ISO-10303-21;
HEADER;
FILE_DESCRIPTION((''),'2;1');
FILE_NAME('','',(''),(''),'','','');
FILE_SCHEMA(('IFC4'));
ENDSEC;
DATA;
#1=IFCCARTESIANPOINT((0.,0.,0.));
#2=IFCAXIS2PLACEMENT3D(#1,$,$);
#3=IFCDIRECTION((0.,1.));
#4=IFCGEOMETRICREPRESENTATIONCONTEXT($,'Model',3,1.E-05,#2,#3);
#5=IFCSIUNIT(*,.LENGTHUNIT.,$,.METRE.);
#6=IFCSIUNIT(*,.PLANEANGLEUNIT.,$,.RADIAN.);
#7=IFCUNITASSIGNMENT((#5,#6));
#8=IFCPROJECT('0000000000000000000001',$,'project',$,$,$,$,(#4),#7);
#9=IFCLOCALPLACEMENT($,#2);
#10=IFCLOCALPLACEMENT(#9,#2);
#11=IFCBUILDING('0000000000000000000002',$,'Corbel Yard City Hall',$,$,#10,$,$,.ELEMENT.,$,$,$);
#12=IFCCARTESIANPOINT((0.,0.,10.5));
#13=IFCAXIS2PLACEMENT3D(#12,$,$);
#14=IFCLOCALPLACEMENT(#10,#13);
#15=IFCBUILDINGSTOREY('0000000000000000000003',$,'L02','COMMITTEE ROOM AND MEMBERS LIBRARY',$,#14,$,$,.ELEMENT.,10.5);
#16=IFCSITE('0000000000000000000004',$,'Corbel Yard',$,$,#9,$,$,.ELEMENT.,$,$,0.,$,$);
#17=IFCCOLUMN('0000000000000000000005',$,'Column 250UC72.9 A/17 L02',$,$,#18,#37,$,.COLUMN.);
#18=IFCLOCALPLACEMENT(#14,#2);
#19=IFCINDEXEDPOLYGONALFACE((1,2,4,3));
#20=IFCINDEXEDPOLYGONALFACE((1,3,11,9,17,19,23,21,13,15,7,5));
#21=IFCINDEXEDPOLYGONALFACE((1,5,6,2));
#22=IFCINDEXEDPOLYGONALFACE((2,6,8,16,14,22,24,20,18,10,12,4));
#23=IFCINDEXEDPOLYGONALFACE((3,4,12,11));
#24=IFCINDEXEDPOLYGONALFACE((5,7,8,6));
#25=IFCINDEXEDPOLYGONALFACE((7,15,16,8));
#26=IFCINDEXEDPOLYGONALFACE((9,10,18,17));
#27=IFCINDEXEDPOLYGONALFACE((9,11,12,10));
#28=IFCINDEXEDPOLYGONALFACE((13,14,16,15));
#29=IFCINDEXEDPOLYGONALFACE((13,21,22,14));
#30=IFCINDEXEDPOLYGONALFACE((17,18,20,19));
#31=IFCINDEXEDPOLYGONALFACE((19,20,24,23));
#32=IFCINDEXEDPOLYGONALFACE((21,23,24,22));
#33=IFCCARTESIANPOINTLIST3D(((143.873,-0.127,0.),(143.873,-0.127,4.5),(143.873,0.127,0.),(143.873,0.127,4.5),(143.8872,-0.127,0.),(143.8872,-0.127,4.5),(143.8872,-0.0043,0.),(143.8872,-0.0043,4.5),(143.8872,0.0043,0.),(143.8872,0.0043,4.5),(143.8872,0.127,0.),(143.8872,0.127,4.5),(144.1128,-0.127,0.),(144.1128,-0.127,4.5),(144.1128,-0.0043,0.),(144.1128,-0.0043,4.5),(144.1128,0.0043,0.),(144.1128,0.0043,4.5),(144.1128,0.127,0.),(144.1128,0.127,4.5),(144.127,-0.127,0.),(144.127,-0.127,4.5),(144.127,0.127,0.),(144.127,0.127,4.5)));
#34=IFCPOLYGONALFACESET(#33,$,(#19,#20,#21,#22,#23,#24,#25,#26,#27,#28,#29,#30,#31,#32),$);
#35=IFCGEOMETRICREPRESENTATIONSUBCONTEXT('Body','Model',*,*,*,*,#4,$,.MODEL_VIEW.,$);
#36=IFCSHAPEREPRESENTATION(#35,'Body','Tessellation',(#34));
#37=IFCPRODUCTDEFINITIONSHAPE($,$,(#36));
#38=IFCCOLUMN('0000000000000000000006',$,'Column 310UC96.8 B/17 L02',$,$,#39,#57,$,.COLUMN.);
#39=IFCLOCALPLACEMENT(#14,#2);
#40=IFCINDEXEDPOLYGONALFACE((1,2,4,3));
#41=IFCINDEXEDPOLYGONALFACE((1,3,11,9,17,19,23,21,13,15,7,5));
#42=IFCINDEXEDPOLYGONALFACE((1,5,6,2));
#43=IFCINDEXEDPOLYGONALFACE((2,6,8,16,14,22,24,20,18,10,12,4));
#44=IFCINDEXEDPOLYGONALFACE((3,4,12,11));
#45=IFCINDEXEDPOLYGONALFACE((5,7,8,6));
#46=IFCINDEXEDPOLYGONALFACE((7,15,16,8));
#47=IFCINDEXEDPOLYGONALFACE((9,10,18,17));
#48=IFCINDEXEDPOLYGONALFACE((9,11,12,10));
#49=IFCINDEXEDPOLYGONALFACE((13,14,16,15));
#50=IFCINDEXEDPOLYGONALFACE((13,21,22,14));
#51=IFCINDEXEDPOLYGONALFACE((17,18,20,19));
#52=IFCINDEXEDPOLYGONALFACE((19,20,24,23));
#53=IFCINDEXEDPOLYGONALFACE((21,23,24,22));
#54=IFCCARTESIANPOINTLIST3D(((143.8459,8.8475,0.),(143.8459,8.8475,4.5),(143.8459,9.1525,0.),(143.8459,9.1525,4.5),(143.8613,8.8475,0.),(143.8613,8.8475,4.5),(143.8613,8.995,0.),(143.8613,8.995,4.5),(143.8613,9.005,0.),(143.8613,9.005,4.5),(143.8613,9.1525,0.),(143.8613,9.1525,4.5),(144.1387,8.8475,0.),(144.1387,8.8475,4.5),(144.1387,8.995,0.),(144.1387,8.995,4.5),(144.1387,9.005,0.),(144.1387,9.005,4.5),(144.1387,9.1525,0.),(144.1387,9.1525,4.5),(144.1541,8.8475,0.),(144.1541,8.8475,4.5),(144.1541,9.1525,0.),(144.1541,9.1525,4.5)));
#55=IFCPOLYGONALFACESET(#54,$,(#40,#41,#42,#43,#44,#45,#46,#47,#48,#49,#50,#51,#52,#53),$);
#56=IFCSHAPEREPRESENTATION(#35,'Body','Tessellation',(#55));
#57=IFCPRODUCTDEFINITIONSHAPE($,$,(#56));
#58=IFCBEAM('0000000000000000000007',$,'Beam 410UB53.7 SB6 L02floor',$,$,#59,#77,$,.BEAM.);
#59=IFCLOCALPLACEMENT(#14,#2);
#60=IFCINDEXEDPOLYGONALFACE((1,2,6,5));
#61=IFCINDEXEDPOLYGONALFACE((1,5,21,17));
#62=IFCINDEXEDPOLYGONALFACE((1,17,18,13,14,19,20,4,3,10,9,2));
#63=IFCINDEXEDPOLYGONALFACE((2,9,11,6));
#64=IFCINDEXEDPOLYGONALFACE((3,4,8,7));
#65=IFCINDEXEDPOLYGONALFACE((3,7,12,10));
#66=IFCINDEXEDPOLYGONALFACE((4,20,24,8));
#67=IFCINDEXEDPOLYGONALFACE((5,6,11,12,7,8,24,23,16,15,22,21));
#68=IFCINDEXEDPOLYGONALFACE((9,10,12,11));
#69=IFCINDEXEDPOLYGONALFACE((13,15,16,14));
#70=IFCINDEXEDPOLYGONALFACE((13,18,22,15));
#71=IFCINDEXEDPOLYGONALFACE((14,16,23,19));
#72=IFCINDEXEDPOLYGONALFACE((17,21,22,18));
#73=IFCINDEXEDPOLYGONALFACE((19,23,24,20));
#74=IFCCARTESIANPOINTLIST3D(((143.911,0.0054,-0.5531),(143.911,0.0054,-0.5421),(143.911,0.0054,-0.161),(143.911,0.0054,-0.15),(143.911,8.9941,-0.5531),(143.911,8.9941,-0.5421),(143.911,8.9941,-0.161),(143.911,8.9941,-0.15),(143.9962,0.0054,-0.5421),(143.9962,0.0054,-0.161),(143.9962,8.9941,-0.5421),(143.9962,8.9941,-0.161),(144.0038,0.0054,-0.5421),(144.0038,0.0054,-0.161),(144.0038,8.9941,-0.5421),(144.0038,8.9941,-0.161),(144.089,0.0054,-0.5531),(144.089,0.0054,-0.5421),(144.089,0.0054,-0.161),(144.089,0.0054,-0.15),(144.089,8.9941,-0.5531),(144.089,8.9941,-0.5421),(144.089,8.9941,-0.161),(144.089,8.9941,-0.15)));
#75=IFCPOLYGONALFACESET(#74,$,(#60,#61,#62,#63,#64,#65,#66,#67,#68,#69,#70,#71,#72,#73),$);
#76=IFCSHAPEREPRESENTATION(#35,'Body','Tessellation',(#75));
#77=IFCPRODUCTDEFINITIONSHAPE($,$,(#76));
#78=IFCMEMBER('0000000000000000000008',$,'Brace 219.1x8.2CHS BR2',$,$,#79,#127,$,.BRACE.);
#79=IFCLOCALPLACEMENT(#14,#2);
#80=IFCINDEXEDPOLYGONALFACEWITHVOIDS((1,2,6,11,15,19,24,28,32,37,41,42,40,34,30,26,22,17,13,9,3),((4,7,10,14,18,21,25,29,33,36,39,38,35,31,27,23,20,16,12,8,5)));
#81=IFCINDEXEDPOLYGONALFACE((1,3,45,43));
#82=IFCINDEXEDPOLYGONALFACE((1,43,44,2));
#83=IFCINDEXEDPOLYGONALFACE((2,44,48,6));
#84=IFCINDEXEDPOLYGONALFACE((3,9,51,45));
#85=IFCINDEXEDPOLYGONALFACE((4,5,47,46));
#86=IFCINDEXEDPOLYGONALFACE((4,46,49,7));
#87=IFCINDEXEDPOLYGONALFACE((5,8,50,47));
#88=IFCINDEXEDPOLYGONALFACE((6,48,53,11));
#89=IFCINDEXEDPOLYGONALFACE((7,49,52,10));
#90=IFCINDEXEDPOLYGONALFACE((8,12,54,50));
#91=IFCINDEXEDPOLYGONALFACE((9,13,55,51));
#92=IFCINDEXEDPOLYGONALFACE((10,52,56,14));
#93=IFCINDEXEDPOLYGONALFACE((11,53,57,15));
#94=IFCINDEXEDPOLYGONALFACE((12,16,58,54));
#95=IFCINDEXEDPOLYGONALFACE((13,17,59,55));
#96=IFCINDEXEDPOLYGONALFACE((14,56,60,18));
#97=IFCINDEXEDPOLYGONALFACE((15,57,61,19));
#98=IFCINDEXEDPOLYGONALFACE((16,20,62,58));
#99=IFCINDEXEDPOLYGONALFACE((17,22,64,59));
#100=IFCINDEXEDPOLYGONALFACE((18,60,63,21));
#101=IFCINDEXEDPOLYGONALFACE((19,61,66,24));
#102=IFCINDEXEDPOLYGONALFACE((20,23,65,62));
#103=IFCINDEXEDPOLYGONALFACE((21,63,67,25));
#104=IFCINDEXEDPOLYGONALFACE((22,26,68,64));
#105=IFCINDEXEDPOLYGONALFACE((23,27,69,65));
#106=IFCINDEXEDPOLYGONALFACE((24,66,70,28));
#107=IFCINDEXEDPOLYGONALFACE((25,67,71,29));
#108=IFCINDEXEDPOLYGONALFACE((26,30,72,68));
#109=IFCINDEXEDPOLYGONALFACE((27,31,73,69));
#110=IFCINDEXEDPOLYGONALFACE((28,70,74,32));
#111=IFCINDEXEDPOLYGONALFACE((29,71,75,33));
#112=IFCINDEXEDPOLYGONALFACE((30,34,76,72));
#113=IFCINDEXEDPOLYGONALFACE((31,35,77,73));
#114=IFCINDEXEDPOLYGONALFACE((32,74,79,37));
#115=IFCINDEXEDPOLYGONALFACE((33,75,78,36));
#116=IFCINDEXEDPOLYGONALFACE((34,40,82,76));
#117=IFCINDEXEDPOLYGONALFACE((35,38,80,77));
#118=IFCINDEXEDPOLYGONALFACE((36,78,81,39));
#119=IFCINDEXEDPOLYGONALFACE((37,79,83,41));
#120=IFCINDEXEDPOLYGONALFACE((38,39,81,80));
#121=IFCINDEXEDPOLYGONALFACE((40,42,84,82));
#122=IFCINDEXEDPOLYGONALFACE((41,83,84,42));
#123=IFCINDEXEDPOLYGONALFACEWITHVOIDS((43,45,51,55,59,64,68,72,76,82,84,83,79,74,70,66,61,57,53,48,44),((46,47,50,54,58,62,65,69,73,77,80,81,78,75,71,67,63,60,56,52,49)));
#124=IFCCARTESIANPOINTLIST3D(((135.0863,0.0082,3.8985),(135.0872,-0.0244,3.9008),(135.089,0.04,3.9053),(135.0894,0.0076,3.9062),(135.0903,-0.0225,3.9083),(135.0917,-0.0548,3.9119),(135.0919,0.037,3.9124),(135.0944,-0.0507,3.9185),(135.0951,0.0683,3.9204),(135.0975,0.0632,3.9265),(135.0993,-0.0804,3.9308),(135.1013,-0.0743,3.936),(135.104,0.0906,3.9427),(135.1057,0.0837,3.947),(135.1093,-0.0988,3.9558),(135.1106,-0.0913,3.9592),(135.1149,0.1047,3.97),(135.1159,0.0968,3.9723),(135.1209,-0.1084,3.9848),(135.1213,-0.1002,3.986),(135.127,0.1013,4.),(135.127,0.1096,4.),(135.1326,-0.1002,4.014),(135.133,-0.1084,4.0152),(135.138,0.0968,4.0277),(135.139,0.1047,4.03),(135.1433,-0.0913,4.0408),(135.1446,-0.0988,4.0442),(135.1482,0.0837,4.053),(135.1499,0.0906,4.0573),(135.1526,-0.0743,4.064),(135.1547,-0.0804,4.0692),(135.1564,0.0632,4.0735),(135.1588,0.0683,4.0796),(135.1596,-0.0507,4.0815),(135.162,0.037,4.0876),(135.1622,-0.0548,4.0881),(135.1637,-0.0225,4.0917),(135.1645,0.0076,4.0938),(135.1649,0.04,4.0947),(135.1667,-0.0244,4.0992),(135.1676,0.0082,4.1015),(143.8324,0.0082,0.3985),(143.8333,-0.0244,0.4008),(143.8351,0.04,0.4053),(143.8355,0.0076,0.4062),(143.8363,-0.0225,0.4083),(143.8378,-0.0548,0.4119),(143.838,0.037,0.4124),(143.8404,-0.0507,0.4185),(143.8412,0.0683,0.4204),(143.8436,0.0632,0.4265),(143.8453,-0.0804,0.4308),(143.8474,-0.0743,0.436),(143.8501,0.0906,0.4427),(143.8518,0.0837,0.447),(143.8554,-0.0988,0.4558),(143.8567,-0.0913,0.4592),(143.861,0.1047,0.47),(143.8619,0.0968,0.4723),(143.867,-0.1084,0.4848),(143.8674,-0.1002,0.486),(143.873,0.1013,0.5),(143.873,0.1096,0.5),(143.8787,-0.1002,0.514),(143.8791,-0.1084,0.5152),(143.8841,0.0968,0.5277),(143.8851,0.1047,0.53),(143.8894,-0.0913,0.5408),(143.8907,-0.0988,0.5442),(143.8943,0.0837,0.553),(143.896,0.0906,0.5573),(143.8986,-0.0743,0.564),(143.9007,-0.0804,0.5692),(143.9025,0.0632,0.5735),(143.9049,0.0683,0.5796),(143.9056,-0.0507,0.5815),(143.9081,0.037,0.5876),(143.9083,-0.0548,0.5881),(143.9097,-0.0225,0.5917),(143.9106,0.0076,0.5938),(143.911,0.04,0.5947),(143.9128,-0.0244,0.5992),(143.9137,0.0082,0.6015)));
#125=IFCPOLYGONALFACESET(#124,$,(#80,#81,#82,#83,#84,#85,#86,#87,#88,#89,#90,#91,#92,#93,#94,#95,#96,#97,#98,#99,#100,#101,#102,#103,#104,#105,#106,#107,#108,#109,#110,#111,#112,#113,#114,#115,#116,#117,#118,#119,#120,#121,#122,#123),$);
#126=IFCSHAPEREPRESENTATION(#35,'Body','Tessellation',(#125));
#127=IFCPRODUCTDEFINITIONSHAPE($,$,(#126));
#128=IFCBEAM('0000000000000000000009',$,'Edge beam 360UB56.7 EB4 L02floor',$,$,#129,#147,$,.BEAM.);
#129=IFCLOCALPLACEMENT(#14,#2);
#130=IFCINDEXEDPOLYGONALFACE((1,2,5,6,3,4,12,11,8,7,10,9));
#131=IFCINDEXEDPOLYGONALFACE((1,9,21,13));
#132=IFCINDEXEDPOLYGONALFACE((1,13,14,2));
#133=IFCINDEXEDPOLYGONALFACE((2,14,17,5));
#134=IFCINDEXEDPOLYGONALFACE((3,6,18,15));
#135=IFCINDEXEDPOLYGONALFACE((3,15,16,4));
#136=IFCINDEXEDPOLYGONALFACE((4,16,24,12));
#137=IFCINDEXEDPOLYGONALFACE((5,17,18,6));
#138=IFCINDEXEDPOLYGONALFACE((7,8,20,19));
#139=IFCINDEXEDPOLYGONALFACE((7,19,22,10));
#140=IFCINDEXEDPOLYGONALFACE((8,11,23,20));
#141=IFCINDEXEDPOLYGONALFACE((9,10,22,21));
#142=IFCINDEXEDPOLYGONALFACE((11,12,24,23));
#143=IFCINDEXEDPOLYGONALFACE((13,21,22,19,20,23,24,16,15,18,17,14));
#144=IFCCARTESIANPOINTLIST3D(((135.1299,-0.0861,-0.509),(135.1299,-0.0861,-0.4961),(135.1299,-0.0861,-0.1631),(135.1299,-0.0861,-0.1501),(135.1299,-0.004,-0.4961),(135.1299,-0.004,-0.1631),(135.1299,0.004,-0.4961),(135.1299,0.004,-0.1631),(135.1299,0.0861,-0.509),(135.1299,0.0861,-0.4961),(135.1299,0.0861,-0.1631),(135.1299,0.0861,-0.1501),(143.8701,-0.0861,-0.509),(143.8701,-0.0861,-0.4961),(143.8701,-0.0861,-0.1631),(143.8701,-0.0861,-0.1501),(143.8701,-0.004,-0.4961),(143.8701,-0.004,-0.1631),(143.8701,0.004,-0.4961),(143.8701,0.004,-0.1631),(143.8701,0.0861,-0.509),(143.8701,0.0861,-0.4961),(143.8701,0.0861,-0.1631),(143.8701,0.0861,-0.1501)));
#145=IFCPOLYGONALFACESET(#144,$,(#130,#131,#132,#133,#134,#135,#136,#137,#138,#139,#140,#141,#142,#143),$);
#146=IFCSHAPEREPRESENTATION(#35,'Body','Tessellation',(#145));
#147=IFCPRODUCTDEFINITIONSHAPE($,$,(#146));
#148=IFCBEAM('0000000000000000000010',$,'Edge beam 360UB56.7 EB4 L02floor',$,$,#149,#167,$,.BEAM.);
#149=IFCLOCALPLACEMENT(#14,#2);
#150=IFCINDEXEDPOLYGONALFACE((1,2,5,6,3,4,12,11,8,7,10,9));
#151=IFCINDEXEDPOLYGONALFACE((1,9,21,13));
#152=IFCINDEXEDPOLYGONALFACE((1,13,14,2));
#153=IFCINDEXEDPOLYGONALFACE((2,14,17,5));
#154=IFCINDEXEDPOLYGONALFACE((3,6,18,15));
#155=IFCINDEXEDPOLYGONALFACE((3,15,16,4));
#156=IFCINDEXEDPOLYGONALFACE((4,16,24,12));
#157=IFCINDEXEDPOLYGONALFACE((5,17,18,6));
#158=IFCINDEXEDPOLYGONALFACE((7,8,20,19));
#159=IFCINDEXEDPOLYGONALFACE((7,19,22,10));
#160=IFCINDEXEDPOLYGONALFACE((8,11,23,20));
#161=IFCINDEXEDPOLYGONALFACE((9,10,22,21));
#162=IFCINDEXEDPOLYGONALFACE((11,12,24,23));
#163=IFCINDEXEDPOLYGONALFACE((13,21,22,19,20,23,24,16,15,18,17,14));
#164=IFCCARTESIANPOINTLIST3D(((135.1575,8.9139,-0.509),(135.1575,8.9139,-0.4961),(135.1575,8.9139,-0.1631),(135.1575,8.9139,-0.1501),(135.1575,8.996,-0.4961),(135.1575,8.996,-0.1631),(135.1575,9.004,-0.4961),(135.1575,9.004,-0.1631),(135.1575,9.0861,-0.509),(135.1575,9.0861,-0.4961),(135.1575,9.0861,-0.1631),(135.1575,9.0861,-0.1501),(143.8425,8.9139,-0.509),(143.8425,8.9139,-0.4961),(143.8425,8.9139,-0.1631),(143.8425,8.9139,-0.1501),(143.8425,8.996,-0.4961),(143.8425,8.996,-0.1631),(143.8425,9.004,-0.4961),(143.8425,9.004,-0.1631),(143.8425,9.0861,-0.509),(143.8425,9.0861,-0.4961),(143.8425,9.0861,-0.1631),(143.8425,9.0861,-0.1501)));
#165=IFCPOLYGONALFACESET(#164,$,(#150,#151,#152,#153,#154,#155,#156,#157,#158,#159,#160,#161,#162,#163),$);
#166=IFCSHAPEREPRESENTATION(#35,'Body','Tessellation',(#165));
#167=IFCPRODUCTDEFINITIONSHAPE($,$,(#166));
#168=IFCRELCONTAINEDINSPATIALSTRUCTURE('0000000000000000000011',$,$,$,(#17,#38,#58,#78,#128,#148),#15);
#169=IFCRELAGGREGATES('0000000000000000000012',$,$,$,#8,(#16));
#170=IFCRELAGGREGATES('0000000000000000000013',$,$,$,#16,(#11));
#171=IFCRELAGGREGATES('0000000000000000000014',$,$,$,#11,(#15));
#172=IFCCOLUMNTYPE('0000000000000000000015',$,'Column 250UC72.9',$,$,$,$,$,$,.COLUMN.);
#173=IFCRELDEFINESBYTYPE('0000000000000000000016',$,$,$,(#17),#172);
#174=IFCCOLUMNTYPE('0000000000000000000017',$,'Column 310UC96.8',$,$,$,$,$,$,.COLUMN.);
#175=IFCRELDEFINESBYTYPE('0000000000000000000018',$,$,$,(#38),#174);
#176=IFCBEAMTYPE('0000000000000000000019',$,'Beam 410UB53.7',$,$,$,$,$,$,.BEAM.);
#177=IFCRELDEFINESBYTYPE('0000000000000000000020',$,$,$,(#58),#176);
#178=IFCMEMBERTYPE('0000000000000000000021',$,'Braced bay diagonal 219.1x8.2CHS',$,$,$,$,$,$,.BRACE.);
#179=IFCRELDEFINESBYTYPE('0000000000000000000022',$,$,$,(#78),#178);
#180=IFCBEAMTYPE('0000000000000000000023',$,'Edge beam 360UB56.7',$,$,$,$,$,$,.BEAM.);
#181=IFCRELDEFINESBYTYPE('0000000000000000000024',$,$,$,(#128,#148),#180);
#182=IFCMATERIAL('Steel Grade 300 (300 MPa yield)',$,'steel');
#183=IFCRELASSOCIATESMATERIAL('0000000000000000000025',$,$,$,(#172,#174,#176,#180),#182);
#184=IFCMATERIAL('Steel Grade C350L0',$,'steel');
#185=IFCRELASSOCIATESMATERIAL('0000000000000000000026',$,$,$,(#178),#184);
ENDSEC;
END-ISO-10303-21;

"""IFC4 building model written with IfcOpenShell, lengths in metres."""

from ifc_helpers import new_model, si_unit, direction, frame, origin, origin_2d, place, context, subcontext, project, spatial, hollow_circle, i_section, extrude, material, material_profile, profile_set, type_object, element, save


model = new_model("IFC4")

# Units and contexts
model_context = context("Model", 3, precision=1e-05, world=origin(), true_north=direction((0.0, 1.0)))
body_context = subcontext(model_context, "Body", "Model", "MODEL_VIEW")
ifc_project = project(units=[si_unit("LENGTHUNIT", "METRE"), si_unit("PLANEANGLEUNIT", "RADIAN")], contexts=[model_context])

# Site, building, storey
site_placement = place(None, origin())
site = spatial("IfcSite", under=ifc_project, at=site_placement, Name="Corbel Yard", CompositionType="ELEMENT", RefElevation=0.0)
building_placement = place(site_placement, origin())
building = spatial("IfcBuilding", under=site, at=building_placement, Name="Corbel Yard City Hall", CompositionType="ELEMENT")
storey_placement = place(building_placement, frame((0.0, 0.0, 10.5)))
storey = spatial("IfcBuildingStorey", under=building, at=storey_placement, Name="L02", Description="COMMITTEE ROOM AND MEMBERS LIBRARY", CompositionType="ELEMENT", Elevation=10.5)

# Columns
ifc_material_1 = material(Name="Steel Grade 300 (300 MPa yield)", Category="steel")
ifc_material_profile_1 = material_profile(ifc_material_1, i_section(OverallWidth=0.2539, OverallDepth=0.2539, WebThickness=0.0085, FlangeThickness=0.0142, at=origin_2d()), Name="250UC72.9")
ifc_profile_set_1 = profile_set([ifc_material_profile_1], Name="Steel Grade 300 (300 MPa yield)")
column_type_1 = type_object("IfcColumnType", Name="Column 250UC72.9", PredefinedType="COLUMN", material=ifc_profile_set_1)
column_1_placement = place(storey_placement, frame((144.0, 0.0, 0.0), z_axis=(0.0, 0.0, 1.0), x_axis=(0.0, 1.0, 0.0)))
element("IfcColumn", 1, at=column_1_placement, inside=storey, type_object=column_type_1, Name="Column 250UC72.9 A/17 L02", PredefinedType="COLUMN", context=body_context, shape_type="SweptSolid", body=[
    extrude(i_section(OverallWidth=0.2539, OverallDepth=0.2539, WebThickness=0.0085, FlangeThickness=0.0142, at=origin_2d()), origin(), (0.0, 0.0, 1.0), 4.5),
])
ifc_material_profile_2 = material_profile(ifc_material_1, i_section(OverallWidth=0.3049, OverallDepth=0.3081, WebThickness=0.01, FlangeThickness=0.0154, at=origin_2d()), Name="310UC96.8")
ifc_profile_set_2 = profile_set([ifc_material_profile_2], Name="Steel Grade 300 (300 MPa yield)")
column_type_2 = type_object("IfcColumnType", Name="Column 310UC96.8", PredefinedType="COLUMN", material=ifc_profile_set_2)
column_2_placement = place(storey_placement, frame((144.0, 9.0, 0.0), z_axis=(0.0, 0.0, 1.0), x_axis=(0.0, 1.0, 0.0)))
element("IfcColumn", 2, at=column_2_placement, inside=storey, type_object=column_type_2, Name="Column 310UC96.8 B/17 L02", PredefinedType="COLUMN", context=body_context, shape_type="SweptSolid", body=[
    extrude(i_section(OverallWidth=0.3049, OverallDepth=0.3081, WebThickness=0.01, FlangeThickness=0.0154, at=origin_2d()), origin(), (0.0, 0.0, 1.0), 4.5),
])

# Beam
ifc_material_profile_3 = material_profile(ifc_material_1, i_section(OverallWidth=0.178, OverallDepth=0.4031, WebThickness=0.0076, FlangeThickness=0.011, at=origin_2d()), Name="410UB53.7")
ifc_profile_set_3 = profile_set([ifc_material_profile_3], Name="Steel Grade 300 (300 MPa yield)")
beam_type_1 = type_object("IfcBeamType", Name="Beam 410UB53.7", PredefinedType="BEAM", material=ifc_profile_set_3)
beam_1_placement = place(storey_placement, frame((144.0, 0.0054, -0.3516), z_axis=(0.0, 1.0, 0.0), x_axis=(-1.0, 0.0, 0.0)))
element("IfcBeam", 3, at=beam_1_placement, inside=storey, type_object=beam_type_1, Name="Beam 410UB53.7 SB6 L02floor", PredefinedType="BEAM", context=body_context, shape_type="SweptSolid", body=[
    extrude(i_section(OverallWidth=0.178, OverallDepth=0.4031, WebThickness=0.0076, FlangeThickness=0.011, at=origin_2d()), origin(), (0.0, 0.0, 1.0), 8.9888),
])

# Member
ifc_material_2 = material(Name="Steel Grade C350L0", Category="steel")
ifc_material_profile_4 = material_profile(ifc_material_2, hollow_circle(Radius=0.1096, WallThickness=0.0083, at=origin_2d()), Name="219.1x8.2CHS")
ifc_profile_set_4 = profile_set([ifc_material_profile_4], Name="Steel Grade C350L0")
member_type_1 = type_object("IfcMemberType", Name="Braced bay diagonal 219.1x8.2CHS", PredefinedType="BRACE", material=ifc_profile_set_4)
member_1_placement = place(storey_placement, frame((135.127, 0.0, 4.0), z_axis=(0.928419, 0.0, -0.371534), x_axis=(0.0, 1.0, 0.0)))
element("IfcMember", 4, at=member_1_placement, inside=storey, type_object=member_type_1, Name="Brace 219.1x8.2CHS BR2", PredefinedType="BRACE", context=body_context, shape_type="SweptSolid", body=[
    extrude(hollow_circle(Radius=0.1096, WallThickness=0.0083, at=origin_2d()), origin(), (0.0, 0.0, 1.0), 9.4204),
])

# Beams
ifc_material_profile_5 = material_profile(ifc_material_1, i_section(OverallWidth=0.1721, OverallDepth=0.3589, WebThickness=0.0081, FlangeThickness=0.0129, at=origin_2d()), Name="360UB56.7")
ifc_profile_set_5 = profile_set([ifc_material_profile_5], Name="Steel Grade 300 (300 MPa yield)")
beam_type_2 = type_object("IfcBeamType", Name="Edge beam 360UB56.7", PredefinedType="BEAM", material=ifc_profile_set_5)
beam_2_placement = place(storey_placement, frame((135.1299, 0.0, -0.3296), z_axis=(1.0, 0.0, 0.0), x_axis=(0.0, 1.0, 0.0)))
element("IfcBeam", 5, at=beam_2_placement, inside=storey, type_object=beam_type_2, Name="Edge beam 360UB56.7 EB4 L02floor", PredefinedType="BEAM", context=body_context, shape_type="SweptSolid", body=[
    extrude(i_section(OverallWidth=0.1721, OverallDepth=0.3589, WebThickness=0.0081, FlangeThickness=0.0129, at=origin_2d()), origin(), (0.0, 0.0, 1.0), 8.7402),
])
beam_3_placement = place(storey_placement, frame((135.1575, 9.0, -0.3296), z_axis=(1.0, 0.0, 0.0), x_axis=(0.0, 1.0, 0.0)))
element("IfcBeam", 6, at=beam_3_placement, inside=storey, type_object=beam_type_2, Name="Edge beam 360UB56.7 EB4 L02floor", PredefinedType="BEAM", context=body_context, shape_type="SweptSolid", body=[
    extrude(i_section(OverallWidth=0.1721, OverallDepth=0.3589, WebThickness=0.0081, FlangeThickness=0.0129, at=origin_2d()), origin(), (0.0, 0.0, 1.0), 8.6851),
])

save(model, "model.ifc")
